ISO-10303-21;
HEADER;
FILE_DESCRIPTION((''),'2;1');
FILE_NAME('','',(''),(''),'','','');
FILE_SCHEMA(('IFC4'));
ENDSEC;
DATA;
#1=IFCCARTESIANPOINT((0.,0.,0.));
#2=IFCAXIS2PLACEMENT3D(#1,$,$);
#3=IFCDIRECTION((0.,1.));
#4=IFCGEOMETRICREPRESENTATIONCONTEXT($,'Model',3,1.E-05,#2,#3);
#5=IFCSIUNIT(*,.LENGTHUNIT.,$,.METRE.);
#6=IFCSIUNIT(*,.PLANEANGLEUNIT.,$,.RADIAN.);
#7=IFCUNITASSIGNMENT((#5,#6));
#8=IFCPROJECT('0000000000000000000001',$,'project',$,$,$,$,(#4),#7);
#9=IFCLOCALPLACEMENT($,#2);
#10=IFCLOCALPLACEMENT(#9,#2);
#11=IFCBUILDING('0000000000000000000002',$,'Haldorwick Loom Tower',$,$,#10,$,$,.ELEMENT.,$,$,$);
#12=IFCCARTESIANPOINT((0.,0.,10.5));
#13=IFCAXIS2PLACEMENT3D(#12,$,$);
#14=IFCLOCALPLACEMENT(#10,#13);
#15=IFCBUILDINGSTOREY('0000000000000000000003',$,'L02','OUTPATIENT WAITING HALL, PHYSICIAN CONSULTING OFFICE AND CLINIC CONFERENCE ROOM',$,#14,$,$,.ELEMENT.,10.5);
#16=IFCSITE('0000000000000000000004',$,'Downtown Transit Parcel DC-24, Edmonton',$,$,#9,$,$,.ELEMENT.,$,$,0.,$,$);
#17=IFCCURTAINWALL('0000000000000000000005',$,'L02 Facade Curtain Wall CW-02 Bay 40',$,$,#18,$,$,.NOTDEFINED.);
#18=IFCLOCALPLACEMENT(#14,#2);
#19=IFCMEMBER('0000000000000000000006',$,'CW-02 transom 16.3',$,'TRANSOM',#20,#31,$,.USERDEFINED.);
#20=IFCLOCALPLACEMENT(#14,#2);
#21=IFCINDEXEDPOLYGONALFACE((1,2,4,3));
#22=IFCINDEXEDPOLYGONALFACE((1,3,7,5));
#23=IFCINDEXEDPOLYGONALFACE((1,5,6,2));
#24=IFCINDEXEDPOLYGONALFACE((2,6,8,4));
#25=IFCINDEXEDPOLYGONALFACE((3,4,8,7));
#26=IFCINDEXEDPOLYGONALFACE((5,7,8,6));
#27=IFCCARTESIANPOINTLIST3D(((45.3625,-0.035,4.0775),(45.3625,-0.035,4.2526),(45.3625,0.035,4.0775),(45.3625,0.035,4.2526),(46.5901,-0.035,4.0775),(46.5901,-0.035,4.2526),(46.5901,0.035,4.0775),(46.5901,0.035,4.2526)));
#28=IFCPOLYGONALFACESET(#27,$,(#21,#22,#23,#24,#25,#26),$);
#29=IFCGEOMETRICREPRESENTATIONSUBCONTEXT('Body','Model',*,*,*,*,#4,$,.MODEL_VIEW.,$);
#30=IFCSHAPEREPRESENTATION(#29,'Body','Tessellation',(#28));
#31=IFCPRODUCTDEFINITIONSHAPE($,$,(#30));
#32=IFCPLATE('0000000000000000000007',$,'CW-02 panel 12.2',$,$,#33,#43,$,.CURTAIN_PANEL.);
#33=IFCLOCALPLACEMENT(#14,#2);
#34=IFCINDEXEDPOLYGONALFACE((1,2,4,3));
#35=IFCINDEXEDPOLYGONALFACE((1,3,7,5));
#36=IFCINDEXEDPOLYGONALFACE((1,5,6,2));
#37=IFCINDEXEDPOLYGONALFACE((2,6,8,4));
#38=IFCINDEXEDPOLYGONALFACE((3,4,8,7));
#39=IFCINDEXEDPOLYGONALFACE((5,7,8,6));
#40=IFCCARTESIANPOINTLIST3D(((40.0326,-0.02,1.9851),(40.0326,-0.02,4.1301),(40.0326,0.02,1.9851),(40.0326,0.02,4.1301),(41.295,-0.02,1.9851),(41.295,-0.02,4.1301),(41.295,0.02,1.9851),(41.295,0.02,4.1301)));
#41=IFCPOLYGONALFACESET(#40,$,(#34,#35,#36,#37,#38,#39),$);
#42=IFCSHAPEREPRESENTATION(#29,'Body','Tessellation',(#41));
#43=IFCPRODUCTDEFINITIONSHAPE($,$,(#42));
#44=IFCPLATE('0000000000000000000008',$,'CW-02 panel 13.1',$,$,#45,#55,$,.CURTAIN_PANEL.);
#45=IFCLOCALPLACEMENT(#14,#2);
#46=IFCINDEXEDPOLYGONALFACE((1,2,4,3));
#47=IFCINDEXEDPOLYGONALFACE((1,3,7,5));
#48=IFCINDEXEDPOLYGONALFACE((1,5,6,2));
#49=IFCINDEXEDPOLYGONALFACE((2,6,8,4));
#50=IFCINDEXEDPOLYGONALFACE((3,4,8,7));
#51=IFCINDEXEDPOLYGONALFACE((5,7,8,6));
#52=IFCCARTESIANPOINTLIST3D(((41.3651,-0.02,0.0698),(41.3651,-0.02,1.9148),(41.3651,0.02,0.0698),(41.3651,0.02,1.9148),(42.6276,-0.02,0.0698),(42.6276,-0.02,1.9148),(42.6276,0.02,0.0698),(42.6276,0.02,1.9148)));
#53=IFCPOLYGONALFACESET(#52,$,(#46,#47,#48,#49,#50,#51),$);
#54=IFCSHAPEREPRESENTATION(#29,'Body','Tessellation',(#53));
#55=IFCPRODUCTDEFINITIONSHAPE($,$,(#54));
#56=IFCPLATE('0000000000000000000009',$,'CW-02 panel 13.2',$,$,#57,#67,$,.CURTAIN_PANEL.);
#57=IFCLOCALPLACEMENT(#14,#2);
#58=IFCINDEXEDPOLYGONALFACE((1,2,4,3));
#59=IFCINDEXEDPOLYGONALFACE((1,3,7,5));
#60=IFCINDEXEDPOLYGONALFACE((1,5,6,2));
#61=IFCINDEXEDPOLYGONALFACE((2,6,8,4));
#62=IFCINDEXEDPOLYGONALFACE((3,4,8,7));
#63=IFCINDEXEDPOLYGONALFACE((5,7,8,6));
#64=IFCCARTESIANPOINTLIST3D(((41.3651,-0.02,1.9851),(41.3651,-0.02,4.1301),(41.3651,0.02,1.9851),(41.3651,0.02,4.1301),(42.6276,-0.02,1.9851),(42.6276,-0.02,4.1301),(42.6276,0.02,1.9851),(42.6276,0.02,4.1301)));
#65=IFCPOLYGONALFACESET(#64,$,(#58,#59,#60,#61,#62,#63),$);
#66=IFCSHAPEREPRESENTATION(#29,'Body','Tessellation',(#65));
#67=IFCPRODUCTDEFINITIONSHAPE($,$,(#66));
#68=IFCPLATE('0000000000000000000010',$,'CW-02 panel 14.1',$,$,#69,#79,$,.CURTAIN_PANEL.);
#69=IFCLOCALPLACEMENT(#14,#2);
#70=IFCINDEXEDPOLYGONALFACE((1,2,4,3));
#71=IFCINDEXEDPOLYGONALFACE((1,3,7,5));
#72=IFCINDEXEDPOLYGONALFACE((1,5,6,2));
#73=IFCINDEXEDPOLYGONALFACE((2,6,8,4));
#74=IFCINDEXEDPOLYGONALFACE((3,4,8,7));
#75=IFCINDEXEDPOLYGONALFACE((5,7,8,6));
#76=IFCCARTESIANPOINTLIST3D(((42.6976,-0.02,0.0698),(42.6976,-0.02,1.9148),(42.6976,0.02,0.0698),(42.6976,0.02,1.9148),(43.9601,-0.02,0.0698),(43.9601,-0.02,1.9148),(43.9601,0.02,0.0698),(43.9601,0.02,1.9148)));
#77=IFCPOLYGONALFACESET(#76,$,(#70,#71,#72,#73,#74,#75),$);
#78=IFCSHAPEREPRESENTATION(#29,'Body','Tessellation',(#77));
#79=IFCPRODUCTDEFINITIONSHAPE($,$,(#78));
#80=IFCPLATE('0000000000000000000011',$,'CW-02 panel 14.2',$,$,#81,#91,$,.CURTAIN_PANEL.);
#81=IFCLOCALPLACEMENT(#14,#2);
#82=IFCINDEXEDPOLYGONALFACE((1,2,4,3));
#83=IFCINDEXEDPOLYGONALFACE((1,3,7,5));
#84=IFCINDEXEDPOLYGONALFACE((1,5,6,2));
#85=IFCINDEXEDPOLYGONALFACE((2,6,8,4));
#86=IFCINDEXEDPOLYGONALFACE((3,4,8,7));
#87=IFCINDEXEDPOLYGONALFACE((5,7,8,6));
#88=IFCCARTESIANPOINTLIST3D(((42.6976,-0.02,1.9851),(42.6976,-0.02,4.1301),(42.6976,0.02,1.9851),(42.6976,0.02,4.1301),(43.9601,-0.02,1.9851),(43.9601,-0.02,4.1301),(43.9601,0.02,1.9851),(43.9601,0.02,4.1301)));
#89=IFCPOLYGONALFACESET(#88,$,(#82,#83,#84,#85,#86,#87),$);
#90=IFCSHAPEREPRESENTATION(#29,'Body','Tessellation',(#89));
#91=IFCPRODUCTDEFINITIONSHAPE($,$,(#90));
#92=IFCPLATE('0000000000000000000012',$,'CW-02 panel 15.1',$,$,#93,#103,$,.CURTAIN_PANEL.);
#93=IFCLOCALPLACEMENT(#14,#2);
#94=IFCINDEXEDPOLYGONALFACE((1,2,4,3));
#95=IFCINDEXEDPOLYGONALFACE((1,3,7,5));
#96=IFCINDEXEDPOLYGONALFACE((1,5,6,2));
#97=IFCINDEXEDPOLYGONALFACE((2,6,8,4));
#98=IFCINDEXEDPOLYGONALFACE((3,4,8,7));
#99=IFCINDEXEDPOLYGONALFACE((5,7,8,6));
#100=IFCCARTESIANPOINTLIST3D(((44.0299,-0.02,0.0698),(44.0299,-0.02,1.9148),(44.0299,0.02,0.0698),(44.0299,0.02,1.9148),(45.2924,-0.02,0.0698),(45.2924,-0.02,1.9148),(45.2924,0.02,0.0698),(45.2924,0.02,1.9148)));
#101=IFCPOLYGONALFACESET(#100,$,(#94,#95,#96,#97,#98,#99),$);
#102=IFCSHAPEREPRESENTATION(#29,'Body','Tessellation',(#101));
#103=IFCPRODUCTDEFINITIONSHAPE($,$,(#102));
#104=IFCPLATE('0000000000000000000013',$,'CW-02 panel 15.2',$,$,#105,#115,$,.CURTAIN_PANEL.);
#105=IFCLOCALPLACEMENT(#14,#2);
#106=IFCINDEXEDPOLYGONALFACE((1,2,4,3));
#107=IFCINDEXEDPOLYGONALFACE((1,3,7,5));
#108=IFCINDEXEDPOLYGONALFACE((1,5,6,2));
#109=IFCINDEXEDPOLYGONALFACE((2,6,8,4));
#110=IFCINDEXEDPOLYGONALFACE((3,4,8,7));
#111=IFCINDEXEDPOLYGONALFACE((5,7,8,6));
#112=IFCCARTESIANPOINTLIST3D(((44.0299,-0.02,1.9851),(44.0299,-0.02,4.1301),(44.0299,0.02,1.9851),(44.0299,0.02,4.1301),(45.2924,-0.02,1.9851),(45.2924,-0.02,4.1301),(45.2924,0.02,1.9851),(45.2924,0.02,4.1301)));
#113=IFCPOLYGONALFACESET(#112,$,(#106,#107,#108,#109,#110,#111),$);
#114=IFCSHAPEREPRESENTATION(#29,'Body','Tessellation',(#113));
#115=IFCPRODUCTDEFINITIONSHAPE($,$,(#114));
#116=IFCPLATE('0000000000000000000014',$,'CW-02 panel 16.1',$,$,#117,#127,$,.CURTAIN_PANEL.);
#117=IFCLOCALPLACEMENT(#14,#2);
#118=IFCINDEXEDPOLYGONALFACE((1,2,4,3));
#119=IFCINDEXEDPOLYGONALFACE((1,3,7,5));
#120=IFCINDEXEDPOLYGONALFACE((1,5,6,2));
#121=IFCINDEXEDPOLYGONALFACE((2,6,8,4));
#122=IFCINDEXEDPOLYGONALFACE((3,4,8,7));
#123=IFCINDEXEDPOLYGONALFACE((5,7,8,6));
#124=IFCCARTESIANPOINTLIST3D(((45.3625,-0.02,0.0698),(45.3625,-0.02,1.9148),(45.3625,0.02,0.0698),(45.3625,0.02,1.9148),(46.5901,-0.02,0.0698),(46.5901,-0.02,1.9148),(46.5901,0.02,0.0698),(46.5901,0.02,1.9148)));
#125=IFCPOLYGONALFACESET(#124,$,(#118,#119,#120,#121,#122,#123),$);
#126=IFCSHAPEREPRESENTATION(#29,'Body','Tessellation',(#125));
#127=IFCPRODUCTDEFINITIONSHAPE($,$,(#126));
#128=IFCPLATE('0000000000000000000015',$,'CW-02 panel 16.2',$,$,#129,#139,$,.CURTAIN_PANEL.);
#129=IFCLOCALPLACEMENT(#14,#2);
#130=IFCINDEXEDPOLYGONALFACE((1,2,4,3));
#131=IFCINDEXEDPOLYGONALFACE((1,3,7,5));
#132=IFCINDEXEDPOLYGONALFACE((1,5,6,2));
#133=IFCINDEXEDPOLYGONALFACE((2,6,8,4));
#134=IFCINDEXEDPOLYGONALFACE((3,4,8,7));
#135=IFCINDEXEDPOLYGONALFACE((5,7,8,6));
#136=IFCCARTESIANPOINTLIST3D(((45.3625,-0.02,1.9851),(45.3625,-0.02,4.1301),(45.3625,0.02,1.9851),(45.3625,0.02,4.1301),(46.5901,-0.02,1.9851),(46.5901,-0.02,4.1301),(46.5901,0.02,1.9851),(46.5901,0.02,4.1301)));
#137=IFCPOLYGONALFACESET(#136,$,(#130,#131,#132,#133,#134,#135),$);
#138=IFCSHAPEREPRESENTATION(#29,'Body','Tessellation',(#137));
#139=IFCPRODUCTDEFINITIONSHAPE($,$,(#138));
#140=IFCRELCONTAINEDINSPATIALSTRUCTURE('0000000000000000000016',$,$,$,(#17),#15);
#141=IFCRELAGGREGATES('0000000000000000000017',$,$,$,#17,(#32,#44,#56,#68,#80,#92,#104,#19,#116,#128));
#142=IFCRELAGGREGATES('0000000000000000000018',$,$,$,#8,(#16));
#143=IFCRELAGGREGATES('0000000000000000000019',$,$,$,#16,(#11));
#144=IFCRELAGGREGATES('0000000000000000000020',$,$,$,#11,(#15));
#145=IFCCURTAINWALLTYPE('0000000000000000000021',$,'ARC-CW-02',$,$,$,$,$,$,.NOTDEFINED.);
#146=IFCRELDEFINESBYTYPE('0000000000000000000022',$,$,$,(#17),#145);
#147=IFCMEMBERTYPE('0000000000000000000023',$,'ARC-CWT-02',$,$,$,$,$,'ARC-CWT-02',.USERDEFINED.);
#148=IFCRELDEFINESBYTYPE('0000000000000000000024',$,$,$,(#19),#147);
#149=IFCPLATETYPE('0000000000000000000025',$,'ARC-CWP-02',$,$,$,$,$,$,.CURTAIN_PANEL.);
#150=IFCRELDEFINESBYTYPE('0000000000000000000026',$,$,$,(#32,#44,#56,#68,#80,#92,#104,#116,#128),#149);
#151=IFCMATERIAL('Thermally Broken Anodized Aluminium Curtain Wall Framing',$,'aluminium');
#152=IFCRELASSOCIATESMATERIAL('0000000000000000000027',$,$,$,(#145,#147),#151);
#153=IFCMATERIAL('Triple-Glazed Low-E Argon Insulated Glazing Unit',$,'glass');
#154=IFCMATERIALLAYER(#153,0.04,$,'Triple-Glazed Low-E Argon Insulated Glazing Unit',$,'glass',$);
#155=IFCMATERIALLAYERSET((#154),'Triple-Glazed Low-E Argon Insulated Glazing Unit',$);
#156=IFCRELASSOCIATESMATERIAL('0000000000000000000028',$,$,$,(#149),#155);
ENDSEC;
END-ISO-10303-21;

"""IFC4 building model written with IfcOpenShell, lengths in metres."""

from ifc_helpers import new_model, si_unit, direction, frame, origin, origin_2d, place, context, subcontext, project, spatial, rectangle, extrude, material, layer, layer_set, material_profile, profile_set, type_object, element, aggregate, save


model = new_model("IFC4")

# Units and contexts
model_context = context("Model", 3, precision=1e-05, world=origin(), true_north=direction((0.0, 1.0)))
body_context = subcontext(model_context, "Body", "Model", "MODEL_VIEW")
ifc_project = project(units=[si_unit("LENGTHUNIT", "METRE"), si_unit("PLANEANGLEUNIT", "RADIAN")], contexts=[model_context])

# Site, building, storey
site_placement = place(None, origin())
site = spatial("IfcSite", under=ifc_project, at=site_placement, Name="Downtown Transit Parcel DC-24, Edmonton", CompositionType="ELEMENT", RefElevation=0.0)
building_placement = place(site_placement, origin())
building = spatial("IfcBuilding", under=site, at=building_placement, Name="Haldorwick Loom Tower", CompositionType="ELEMENT")
storey_placement = place(building_placement, frame((0.0, 0.0, 10.5)))
storey = spatial("IfcBuildingStorey", under=building, at=storey_placement, Name="L02", Description="OUTPATIENT WAITING HALL, PHYSICIAN CONSULTING OFFICE AND CLINIC CONFERENCE ROOM", CompositionType="ELEMENT", Elevation=10.5)

# Curtain wall, member, plates
ifc_material_1 = material(Name="Thermally Broken Anodized Aluminium Curtain Wall Framing", Category="aluminium")
curtain_wall_type = type_object("IfcCurtainWallType", Name="ARC-CW-02", PredefinedType="NOTDEFINED", material=ifc_material_1)
curtain_wall_placement = place(storey_placement, origin())
curtain_wall = element("IfcCurtainWall", 1, at=curtain_wall_placement, inside=storey, type_object=curtain_wall_type, Name="L02 Facade Curtain Wall CW-02 Bay 40", PredefinedType="NOTDEFINED")
ifc_material_profile_1 = material_profile(ifc_material_1, rectangle(XDim=0.0701, YDim=0.175, at=origin_2d()), Name="ALU_TRN_70X175", Category="aluminium")
ifc_profile_set_1 = profile_set([ifc_material_profile_1], Name="Thermally Broken Anodized Aluminium Curtain Wall Framing")
member_type_1 = type_object("IfcMemberType", Name="ARC-CWT-02", ElementType="ARC-CWT-02", PredefinedType="USERDEFINED", material=ifc_profile_set_1)
member_1_placement = place(storey_placement, frame((45.3625, 0.0, 4.165), z_axis=(1.0, 0.0, 0.0), x_axis=(0.0, 1.0, 0.0)))
member_1 = element("IfcMember", 2, at=member_1_placement, type_object=member_type_1, Name="CW-02 transom 16.3", ObjectType="TRANSOM", PredefinedType="USERDEFINED", context=body_context, shape_type="SweptSolid", body=[
    extrude(rectangle(XDim=0.0701, YDim=0.175, at=origin_2d()), origin(), (0.0, 0.0, 1.0), 1.2275),
])
ifc_material_2 = material(Name="Triple-Glazed Low-E Argon Insulated Glazing Unit", Category="glass")
ifc_layer = layer(ifc_material_2, 0.04, Name="Triple-Glazed Low-E Argon Insulated Glazing Unit", Category="glass")
ifc_layer_set = layer_set([ifc_layer], Name="Triple-Glazed Low-E Argon Insulated Glazing Unit")
plate_type = type_object("IfcPlateType", Name="ARC-CWP-02", PredefinedType="CURTAIN_PANEL", material=ifc_layer_set)
plate_1_placement = place(storey_placement, frame((40.6638, 0.0, 1.9851), z_axis=(0.0, 0.0, 1.0), x_axis=(1.0, 0.0, 0.0)))
plate_1 = element("IfcPlate", 3, at=plate_1_placement, type_object=plate_type, Name="CW-02 panel 12.2", PredefinedType="CURTAIN_PANEL", context=body_context, shape_type="SweptSolid", body=[
    extrude(rectangle(XDim=1.2625, YDim=0.04, at=origin_2d()), origin(), (0.0, 0.0, 1.0), 2.145),
])
plate_2_placement = place(storey_placement, frame((41.9963, 0.0, 0.0698), z_axis=(0.0, 0.0, 1.0), x_axis=(1.0, 0.0, 0.0)))
plate_2 = element("IfcPlate", 4, at=plate_2_placement, type_object=plate_type, Name="CW-02 panel 13.1", PredefinedType="CURTAIN_PANEL", context=body_context, shape_type="SweptSolid", body=[
    extrude(rectangle(XDim=1.2625, YDim=0.04, at=origin_2d()), origin(), (0.0, 0.0, 1.0), 1.845),
])
plate_3_placement = place(storey_placement, frame((41.9963, 0.0, 1.9851), z_axis=(0.0, 0.0, 1.0), x_axis=(1.0, 0.0, 0.0)))
plate_3 = element("IfcPlate", 5, at=plate_3_placement, type_object=plate_type, Name="CW-02 panel 13.2", PredefinedType="CURTAIN_PANEL", context=body_context, shape_type="SweptSolid", body=[
    extrude(rectangle(XDim=1.2625, YDim=0.04, at=origin_2d()), origin(), (0.0, 0.0, 1.0), 2.145),
])
plate_4_placement = place(storey_placement, frame((43.3289, 0.0, 0.0698), z_axis=(0.0, 0.0, 1.0), x_axis=(1.0, 0.0, 0.0)))
plate_4 = element("IfcPlate", 6, at=plate_4_placement, type_object=plate_type, Name="CW-02 panel 14.1", PredefinedType="CURTAIN_PANEL", context=body_context, shape_type="SweptSolid", body=[
    extrude(rectangle(XDim=1.2625, YDim=0.04, at=origin_2d()), origin(), (0.0, 0.0, 1.0), 1.845),
])
plate_5_placement = place(storey_placement, frame((43.3289, 0.0, 1.9851), z_axis=(0.0, 0.0, 1.0), x_axis=(1.0, 0.0, 0.0)))
plate_5 = element("IfcPlate", 7, at=plate_5_placement, type_object=plate_type, Name="CW-02 panel 14.2", PredefinedType="CURTAIN_PANEL", context=body_context, shape_type="SweptSolid", body=[
    extrude(rectangle(XDim=1.2625, YDim=0.04, at=origin_2d()), origin(), (0.0, 0.0, 1.0), 2.145),
])
plate_6_placement = place(storey_placement, frame((44.6611, 0.0, 0.0698), z_axis=(0.0, 0.0, 1.0), x_axis=(1.0, 0.0, 0.0)))
plate_6 = element("IfcPlate", 8, at=plate_6_placement, type_object=plate_type, Name="CW-02 panel 15.1", PredefinedType="CURTAIN_PANEL", context=body_context, shape_type="SweptSolid", body=[
    extrude(rectangle(XDim=1.2625, YDim=0.04, at=origin_2d()), origin(), (0.0, 0.0, 1.0), 1.845),
])
plate_7_placement = place(storey_placement, frame((44.6611, 0.0, 1.9851), z_axis=(0.0, 0.0, 1.0), x_axis=(1.0, 0.0, 0.0)))
plate_7 = element("IfcPlate", 9, at=plate_7_placement, type_object=plate_type, Name="CW-02 panel 15.2", PredefinedType="CURTAIN_PANEL", context=body_context, shape_type="SweptSolid", body=[
    extrude(rectangle(XDim=1.2625, YDim=0.04, at=origin_2d()), origin(), (0.0, 0.0, 1.0), 2.145),
])
plate_8_placement = place(storey_placement, frame((45.9763, 0.0, 0.0698), z_axis=(0.0, 0.0, 1.0), x_axis=(1.0, 0.0, 0.0)))
plate_8 = element("IfcPlate", 10, at=plate_8_placement, type_object=plate_type, Name="CW-02 panel 16.1", PredefinedType="CURTAIN_PANEL", context=body_context, shape_type="SweptSolid", body=[
    extrude(rectangle(XDim=1.2275, YDim=0.04, at=origin_2d()), origin(), (0.0, 0.0, 1.0), 1.845),
])
plate_9_placement = place(storey_placement, frame((45.9763, 0.0, 1.9851), z_axis=(0.0, 0.0, 1.0), x_axis=(1.0, 0.0, 0.0)))
plate_9 = element("IfcPlate", 11, at=plate_9_placement, type_object=plate_type, Name="CW-02 panel 16.2", PredefinedType="CURTAIN_PANEL", context=body_context, shape_type="SweptSolid", body=[
    extrude(rectangle(XDim=1.2275, YDim=0.04, at=origin_2d()), origin(), (0.0, 0.0, 1.0), 2.145),
])
aggregate(curtain_wall, [plate_1, plate_2, plate_3, plate_4, plate_5, plate_6, plate_7, member_1, plate_8, plate_9])

save(model, "model.ifc")
